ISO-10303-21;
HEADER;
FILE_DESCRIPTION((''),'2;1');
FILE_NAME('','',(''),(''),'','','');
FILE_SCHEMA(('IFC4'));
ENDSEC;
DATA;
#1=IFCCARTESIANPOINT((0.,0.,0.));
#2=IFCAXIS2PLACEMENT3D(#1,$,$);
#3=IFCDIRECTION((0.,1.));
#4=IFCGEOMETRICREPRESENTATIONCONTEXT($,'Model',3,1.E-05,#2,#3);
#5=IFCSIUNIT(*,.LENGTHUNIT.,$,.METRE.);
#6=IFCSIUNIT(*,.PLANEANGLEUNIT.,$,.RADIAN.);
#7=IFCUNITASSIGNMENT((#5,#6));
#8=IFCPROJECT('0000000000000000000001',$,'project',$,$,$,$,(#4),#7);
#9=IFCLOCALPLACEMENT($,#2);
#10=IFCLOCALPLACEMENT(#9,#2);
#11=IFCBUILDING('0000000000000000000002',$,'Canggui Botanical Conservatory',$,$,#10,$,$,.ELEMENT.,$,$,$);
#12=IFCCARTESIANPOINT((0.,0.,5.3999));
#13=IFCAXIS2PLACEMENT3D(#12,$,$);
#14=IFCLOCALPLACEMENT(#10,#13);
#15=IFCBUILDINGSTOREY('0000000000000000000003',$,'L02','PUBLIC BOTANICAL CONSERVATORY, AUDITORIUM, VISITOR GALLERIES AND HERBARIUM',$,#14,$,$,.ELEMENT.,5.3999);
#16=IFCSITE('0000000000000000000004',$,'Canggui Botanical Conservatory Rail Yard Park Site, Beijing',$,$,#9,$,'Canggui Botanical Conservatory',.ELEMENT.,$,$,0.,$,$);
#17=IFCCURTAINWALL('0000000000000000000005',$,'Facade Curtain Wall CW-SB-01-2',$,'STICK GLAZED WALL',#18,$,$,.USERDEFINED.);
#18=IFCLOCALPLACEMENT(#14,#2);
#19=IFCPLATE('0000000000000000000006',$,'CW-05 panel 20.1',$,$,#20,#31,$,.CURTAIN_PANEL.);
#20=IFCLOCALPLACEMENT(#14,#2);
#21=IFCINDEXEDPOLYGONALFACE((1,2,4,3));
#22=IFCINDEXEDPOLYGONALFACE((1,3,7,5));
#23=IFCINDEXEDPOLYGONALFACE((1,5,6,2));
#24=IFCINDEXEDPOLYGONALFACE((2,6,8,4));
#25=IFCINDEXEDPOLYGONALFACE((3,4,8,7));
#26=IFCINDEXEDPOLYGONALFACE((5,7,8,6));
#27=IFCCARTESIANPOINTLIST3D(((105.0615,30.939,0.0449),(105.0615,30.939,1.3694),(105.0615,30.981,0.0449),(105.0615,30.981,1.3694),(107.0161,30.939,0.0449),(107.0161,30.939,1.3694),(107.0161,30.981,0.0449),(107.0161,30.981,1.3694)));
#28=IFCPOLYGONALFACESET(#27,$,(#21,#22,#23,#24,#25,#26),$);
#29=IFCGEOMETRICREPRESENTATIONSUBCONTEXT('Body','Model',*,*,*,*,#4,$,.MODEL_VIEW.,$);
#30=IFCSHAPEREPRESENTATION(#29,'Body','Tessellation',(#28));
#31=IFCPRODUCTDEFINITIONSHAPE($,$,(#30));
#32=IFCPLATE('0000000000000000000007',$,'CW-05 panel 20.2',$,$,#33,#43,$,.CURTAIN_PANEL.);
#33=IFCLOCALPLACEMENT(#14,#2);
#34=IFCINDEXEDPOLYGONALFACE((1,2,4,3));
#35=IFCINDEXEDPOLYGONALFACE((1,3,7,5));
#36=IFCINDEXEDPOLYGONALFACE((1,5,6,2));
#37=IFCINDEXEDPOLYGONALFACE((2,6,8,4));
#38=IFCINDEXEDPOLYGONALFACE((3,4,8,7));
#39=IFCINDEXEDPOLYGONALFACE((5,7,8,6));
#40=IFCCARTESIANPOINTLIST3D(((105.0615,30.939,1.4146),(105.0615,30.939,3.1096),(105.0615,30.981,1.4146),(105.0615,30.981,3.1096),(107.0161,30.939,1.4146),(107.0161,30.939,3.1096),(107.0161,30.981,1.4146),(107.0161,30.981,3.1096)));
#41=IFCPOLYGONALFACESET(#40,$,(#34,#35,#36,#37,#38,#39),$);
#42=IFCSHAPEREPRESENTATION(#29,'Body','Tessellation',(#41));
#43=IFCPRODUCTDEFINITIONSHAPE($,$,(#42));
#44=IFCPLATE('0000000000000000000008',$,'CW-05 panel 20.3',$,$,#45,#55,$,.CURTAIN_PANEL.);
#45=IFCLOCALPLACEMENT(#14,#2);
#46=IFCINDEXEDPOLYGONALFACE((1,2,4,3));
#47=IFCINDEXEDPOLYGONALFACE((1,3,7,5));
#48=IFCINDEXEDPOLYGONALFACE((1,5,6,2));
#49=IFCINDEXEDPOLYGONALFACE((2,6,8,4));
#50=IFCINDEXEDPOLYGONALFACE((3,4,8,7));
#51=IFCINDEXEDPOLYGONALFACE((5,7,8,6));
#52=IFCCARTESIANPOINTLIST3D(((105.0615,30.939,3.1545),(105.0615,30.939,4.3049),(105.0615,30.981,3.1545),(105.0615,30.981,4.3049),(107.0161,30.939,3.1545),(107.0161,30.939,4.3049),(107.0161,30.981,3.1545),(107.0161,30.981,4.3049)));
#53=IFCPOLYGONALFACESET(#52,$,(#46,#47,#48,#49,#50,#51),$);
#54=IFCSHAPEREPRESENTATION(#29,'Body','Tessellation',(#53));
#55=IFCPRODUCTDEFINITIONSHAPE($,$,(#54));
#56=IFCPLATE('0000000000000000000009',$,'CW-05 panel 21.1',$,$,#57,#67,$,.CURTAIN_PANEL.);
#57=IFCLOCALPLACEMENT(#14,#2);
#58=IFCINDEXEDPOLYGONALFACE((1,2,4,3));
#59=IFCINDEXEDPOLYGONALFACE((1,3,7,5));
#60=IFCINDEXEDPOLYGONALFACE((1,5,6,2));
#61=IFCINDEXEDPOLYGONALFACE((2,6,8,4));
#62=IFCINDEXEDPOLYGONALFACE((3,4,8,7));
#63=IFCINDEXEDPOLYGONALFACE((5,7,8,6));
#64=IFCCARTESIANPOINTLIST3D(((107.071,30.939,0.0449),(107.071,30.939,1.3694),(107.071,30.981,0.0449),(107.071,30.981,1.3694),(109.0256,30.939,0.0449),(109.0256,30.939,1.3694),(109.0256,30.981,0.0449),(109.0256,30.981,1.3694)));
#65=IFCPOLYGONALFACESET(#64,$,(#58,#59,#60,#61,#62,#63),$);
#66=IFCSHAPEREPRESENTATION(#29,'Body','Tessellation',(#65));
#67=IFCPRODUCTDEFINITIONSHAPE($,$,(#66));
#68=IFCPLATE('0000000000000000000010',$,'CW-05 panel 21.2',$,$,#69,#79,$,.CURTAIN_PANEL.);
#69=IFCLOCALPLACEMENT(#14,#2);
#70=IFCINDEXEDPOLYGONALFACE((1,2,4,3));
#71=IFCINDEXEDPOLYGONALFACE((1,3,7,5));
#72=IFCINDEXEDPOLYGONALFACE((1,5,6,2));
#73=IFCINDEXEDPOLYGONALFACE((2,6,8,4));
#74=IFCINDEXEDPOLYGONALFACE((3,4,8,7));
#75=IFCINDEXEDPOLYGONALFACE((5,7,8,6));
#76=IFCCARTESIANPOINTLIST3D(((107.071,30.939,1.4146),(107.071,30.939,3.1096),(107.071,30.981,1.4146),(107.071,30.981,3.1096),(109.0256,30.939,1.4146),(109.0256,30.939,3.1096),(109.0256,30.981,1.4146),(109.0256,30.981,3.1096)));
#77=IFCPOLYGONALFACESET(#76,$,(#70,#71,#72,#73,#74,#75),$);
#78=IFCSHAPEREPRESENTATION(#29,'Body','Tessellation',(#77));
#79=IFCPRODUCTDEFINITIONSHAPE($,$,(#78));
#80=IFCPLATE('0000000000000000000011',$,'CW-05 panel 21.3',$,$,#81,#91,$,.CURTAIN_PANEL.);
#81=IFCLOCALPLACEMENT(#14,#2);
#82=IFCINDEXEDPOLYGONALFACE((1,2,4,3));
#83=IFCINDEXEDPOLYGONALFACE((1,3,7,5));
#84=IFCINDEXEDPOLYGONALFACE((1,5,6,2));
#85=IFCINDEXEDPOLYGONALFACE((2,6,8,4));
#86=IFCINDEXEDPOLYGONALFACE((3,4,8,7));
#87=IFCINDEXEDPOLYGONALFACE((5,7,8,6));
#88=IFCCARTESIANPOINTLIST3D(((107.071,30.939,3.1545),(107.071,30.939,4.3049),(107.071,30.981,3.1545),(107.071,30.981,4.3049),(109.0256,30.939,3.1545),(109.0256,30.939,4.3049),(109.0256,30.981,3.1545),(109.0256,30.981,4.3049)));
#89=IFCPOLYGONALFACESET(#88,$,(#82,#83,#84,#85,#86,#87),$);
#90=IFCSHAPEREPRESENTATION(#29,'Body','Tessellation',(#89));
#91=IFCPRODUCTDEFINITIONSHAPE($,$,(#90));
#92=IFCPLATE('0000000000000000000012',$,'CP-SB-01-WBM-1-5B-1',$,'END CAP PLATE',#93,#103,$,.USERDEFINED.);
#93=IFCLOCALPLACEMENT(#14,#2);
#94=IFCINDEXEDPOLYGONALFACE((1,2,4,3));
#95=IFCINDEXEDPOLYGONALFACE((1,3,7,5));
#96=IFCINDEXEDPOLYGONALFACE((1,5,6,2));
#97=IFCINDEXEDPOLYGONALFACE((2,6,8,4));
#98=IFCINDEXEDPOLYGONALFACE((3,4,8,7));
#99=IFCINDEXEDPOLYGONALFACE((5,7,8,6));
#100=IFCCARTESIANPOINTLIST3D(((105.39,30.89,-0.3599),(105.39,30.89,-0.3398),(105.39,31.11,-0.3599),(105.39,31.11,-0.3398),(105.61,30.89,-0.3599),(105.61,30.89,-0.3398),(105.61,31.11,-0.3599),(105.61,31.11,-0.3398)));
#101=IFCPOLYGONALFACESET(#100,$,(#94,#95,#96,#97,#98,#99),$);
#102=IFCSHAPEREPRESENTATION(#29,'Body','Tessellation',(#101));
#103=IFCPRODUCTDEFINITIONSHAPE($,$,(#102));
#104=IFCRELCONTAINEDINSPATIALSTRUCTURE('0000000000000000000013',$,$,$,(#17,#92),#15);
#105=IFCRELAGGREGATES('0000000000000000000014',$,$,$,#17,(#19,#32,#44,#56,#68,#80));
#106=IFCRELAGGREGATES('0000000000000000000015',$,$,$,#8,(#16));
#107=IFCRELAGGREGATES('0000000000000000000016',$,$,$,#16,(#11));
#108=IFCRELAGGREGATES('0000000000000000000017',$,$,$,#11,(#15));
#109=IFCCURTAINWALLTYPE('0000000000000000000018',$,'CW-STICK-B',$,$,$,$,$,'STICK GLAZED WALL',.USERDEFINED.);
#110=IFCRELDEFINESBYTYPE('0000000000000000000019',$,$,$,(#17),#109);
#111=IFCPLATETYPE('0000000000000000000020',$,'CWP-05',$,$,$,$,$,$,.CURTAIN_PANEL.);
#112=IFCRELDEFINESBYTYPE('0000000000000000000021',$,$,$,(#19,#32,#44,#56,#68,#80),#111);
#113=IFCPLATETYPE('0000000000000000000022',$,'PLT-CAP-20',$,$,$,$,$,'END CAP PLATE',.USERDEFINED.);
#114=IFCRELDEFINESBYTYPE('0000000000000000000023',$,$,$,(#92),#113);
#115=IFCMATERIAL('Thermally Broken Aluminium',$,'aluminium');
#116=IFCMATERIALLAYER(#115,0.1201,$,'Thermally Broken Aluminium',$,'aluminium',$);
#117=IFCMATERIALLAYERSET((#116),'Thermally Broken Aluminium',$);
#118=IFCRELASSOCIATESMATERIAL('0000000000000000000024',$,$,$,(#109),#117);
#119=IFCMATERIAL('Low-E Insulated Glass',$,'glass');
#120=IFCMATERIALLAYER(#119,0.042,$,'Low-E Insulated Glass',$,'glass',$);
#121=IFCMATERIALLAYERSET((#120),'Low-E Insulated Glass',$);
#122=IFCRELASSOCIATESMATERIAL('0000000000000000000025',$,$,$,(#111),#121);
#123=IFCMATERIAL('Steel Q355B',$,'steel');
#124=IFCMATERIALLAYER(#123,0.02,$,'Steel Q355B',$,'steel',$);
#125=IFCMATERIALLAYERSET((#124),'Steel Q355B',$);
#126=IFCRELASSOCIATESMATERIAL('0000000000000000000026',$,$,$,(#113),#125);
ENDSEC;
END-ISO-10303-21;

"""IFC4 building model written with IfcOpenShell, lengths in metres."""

from ifc_helpers import new_model, si_unit, direction, frame, origin, origin_2d, place, context, subcontext, project, spatial, rectangle, extrude, material, layer, layer_set, type_object, element, aggregate, save


model = new_model("IFC4")

# Units and contexts
model_context = context("Model", 3, precision=1e-05, world=origin(), true_north=direction((0.0, 1.0)))
body_context = subcontext(model_context, "Body", "Model", "MODEL_VIEW")
ifc_project = project(units=[si_unit("LENGTHUNIT", "METRE"), si_unit("PLANEANGLEUNIT", "RADIAN")], contexts=[model_context])

# Site, building, storey
site_placement = place(None, origin())
site = spatial("IfcSite", under=ifc_project, at=site_placement, Name="Canggui Botanical Conservatory Rail Yard Park Site, Beijing", LongName="Canggui Botanical Conservatory", CompositionType="ELEMENT", RefElevation=0.0)
building_placement = place(site_placement, origin())
building = spatial("IfcBuilding", under=site, at=building_placement, Name="Canggui Botanical Conservatory", CompositionType="ELEMENT")
storey_placement = place(building_placement, frame((0.0, 0.0, 5.3999)))
storey = spatial("IfcBuildingStorey", under=building, at=storey_placement, Name="L02", Description="PUBLIC BOTANICAL CONSERVATORY, AUDITORIUM, VISITOR GALLERIES AND HERBARIUM", CompositionType="ELEMENT", Elevation=5.3999)

# Shared definitions
ifc_material_1 = material(Name="Steel Q355B", Category="steel")

# Curtain wall
ifc_material_2 = material(Name="Thermally Broken Aluminium", Category="aluminium")
ifc_layer_1 = layer(ifc_material_2, 0.1201, Name="Thermally Broken Aluminium", Category="aluminium")
ifc_layer_set_1 = layer_set([ifc_layer_1], Name="Thermally Broken Aluminium")
curtain_wall_type = type_object("IfcCurtainWallType", Name="CW-STICK-B", ElementType="STICK GLAZED WALL", PredefinedType="USERDEFINED", material=ifc_layer_set_1)
curtain_wall_placement = place(storey_placement, origin())
curtain_wall = element("IfcCurtainWall", 1, at=curtain_wall_placement, inside=storey, type_object=curtain_wall_type, Name="Facade Curtain Wall CW-SB-01-2", ObjectType="STICK GLAZED WALL", PredefinedType="USERDEFINED")

# Plates
ifc_material_3 = material(Name="Low-E Insulated Glass", Category="glass")
ifc_layer_2 = layer(ifc_material_3, 0.042, Name="Low-E Insulated Glass", Category="glass")
ifc_layer_set_2 = layer_set([ifc_layer_2], Name="Low-E Insulated Glass")
plate_type_1 = type_object("IfcPlateType", Name="CWP-05", PredefinedType="CURTAIN_PANEL", material=ifc_layer_set_2)
plate_1_placement = place(storey_placement, frame((106.0388, 30.96, 0.0449), z_axis=(0.0, 0.0, 1.0), x_axis=(1.0, 0.0, 0.0)))
plate_1 = element("IfcPlate", 2, at=plate_1_placement, type_object=plate_type_1, Name="CW-05 panel 20.1", PredefinedType="CURTAIN_PANEL", context=body_context, shape_type="SweptSolid", body=[
    extrude(rectangle(XDim=1.9546, YDim=0.042, at=origin_2d()), origin(), (0.0, 0.0, 1.0), 1.3245),
])
plate_2_placement = place(storey_placement, frame((106.0388, 30.96, 1.4146), z_axis=(0.0, 0.0, 1.0), x_axis=(1.0, 0.0, 0.0)))
plate_2 = element("IfcPlate", 3, at=plate_2_placement, type_object=plate_type_1, Name="CW-05 panel 20.2", PredefinedType="CURTAIN_PANEL", context=body_context, shape_type="SweptSolid", body=[
    extrude(rectangle(XDim=1.9546, YDim=0.042, at=origin_2d()), origin(), (0.0, 0.0, 1.0), 1.6951),
])
plate_3_placement = place(storey_placement, frame((106.0388, 30.96, 3.1545), z_axis=(0.0, 0.0, 1.0), x_axis=(1.0, 0.0, 0.0)))
plate_3 = element("IfcPlate", 4, at=plate_3_placement, type_object=plate_type_1, Name="CW-05 panel 20.3", PredefinedType="CURTAIN_PANEL", context=body_context, shape_type="SweptSolid", body=[
    extrude(rectangle(XDim=1.9546, YDim=0.042, at=origin_2d()), origin(), (0.0, 0.0, 1.0), 1.1504),
])
plate_4_placement = place(storey_placement, frame((108.0483, 30.96, 0.0449), z_axis=(0.0, 0.0, 1.0), x_axis=(1.0, 0.0, 0.0)))
plate_4 = element("IfcPlate", 5, at=plate_4_placement, type_object=plate_type_1, Name="CW-05 panel 21.1", PredefinedType="CURTAIN_PANEL", context=body_context, shape_type="SweptSolid", body=[
    extrude(rectangle(XDim=1.9546, YDim=0.042, at=origin_2d()), origin(), (0.0, 0.0, 1.0), 1.3245),
])
plate_5_placement = place(storey_placement, frame((108.0483, 30.96, 1.4146), z_axis=(0.0, 0.0, 1.0), x_axis=(1.0, 0.0, 0.0)))
plate_5 = element("IfcPlate", 6, at=plate_5_placement, type_object=plate_type_1, Name="CW-05 panel 21.2", PredefinedType="CURTAIN_PANEL", context=body_context, shape_type="SweptSolid", body=[
    extrude(rectangle(XDim=1.9546, YDim=0.042, at=origin_2d()), origin(), (0.0, 0.0, 1.0), 1.6951),
])
plate_6_placement = place(storey_placement, frame((108.0483, 30.96, 3.1545), z_axis=(0.0, 0.0, 1.0), x_axis=(1.0, 0.0, 0.0)))
plate_6 = element("IfcPlate", 7, at=plate_6_placement, type_object=plate_type_1, Name="CW-05 panel 21.3", PredefinedType="CURTAIN_PANEL", context=body_context, shape_type="SweptSolid", body=[
    extrude(rectangle(XDim=1.9546, YDim=0.042, at=origin_2d()), origin(), (0.0, 0.0, 1.0), 1.1504),
])
aggregate(curtain_wall, [plate_1, plate_2, plate_3, plate_4, plate_5, plate_6])
ifc_layer_3 = layer(ifc_material_1, 0.02, Name="Steel Q355B", Category="steel")
ifc_layer_set_3 = layer_set([ifc_layer_3], Name="Steel Q355B")
plate_type_2 = type_object("IfcPlateType", Name="PLT-CAP-20", ElementType="END CAP PLATE", PredefinedType="USERDEFINED", material=ifc_layer_set_3)
plate_7_placement = place(storey_placement, frame((105.5, 31.0, -0.3599), z_axis=(0.0, 0.0, 1.0), x_axis=(1.0, 0.0, 0.0)))
element("IfcPlate", 8, at=plate_7_placement, inside=storey, type_object=plate_type_2, Name="CP-SB-01-WBM-1-5B-1", ObjectType="END CAP PLATE", PredefinedType="USERDEFINED", context=body_context, shape_type="SweptSolid", body=[
    extrude(rectangle(XDim=0.22, YDim=0.22, at=origin_2d()), origin(), (0.0, 0.0, 1.0), 0.02),
])

save(model, "model.ifc")
